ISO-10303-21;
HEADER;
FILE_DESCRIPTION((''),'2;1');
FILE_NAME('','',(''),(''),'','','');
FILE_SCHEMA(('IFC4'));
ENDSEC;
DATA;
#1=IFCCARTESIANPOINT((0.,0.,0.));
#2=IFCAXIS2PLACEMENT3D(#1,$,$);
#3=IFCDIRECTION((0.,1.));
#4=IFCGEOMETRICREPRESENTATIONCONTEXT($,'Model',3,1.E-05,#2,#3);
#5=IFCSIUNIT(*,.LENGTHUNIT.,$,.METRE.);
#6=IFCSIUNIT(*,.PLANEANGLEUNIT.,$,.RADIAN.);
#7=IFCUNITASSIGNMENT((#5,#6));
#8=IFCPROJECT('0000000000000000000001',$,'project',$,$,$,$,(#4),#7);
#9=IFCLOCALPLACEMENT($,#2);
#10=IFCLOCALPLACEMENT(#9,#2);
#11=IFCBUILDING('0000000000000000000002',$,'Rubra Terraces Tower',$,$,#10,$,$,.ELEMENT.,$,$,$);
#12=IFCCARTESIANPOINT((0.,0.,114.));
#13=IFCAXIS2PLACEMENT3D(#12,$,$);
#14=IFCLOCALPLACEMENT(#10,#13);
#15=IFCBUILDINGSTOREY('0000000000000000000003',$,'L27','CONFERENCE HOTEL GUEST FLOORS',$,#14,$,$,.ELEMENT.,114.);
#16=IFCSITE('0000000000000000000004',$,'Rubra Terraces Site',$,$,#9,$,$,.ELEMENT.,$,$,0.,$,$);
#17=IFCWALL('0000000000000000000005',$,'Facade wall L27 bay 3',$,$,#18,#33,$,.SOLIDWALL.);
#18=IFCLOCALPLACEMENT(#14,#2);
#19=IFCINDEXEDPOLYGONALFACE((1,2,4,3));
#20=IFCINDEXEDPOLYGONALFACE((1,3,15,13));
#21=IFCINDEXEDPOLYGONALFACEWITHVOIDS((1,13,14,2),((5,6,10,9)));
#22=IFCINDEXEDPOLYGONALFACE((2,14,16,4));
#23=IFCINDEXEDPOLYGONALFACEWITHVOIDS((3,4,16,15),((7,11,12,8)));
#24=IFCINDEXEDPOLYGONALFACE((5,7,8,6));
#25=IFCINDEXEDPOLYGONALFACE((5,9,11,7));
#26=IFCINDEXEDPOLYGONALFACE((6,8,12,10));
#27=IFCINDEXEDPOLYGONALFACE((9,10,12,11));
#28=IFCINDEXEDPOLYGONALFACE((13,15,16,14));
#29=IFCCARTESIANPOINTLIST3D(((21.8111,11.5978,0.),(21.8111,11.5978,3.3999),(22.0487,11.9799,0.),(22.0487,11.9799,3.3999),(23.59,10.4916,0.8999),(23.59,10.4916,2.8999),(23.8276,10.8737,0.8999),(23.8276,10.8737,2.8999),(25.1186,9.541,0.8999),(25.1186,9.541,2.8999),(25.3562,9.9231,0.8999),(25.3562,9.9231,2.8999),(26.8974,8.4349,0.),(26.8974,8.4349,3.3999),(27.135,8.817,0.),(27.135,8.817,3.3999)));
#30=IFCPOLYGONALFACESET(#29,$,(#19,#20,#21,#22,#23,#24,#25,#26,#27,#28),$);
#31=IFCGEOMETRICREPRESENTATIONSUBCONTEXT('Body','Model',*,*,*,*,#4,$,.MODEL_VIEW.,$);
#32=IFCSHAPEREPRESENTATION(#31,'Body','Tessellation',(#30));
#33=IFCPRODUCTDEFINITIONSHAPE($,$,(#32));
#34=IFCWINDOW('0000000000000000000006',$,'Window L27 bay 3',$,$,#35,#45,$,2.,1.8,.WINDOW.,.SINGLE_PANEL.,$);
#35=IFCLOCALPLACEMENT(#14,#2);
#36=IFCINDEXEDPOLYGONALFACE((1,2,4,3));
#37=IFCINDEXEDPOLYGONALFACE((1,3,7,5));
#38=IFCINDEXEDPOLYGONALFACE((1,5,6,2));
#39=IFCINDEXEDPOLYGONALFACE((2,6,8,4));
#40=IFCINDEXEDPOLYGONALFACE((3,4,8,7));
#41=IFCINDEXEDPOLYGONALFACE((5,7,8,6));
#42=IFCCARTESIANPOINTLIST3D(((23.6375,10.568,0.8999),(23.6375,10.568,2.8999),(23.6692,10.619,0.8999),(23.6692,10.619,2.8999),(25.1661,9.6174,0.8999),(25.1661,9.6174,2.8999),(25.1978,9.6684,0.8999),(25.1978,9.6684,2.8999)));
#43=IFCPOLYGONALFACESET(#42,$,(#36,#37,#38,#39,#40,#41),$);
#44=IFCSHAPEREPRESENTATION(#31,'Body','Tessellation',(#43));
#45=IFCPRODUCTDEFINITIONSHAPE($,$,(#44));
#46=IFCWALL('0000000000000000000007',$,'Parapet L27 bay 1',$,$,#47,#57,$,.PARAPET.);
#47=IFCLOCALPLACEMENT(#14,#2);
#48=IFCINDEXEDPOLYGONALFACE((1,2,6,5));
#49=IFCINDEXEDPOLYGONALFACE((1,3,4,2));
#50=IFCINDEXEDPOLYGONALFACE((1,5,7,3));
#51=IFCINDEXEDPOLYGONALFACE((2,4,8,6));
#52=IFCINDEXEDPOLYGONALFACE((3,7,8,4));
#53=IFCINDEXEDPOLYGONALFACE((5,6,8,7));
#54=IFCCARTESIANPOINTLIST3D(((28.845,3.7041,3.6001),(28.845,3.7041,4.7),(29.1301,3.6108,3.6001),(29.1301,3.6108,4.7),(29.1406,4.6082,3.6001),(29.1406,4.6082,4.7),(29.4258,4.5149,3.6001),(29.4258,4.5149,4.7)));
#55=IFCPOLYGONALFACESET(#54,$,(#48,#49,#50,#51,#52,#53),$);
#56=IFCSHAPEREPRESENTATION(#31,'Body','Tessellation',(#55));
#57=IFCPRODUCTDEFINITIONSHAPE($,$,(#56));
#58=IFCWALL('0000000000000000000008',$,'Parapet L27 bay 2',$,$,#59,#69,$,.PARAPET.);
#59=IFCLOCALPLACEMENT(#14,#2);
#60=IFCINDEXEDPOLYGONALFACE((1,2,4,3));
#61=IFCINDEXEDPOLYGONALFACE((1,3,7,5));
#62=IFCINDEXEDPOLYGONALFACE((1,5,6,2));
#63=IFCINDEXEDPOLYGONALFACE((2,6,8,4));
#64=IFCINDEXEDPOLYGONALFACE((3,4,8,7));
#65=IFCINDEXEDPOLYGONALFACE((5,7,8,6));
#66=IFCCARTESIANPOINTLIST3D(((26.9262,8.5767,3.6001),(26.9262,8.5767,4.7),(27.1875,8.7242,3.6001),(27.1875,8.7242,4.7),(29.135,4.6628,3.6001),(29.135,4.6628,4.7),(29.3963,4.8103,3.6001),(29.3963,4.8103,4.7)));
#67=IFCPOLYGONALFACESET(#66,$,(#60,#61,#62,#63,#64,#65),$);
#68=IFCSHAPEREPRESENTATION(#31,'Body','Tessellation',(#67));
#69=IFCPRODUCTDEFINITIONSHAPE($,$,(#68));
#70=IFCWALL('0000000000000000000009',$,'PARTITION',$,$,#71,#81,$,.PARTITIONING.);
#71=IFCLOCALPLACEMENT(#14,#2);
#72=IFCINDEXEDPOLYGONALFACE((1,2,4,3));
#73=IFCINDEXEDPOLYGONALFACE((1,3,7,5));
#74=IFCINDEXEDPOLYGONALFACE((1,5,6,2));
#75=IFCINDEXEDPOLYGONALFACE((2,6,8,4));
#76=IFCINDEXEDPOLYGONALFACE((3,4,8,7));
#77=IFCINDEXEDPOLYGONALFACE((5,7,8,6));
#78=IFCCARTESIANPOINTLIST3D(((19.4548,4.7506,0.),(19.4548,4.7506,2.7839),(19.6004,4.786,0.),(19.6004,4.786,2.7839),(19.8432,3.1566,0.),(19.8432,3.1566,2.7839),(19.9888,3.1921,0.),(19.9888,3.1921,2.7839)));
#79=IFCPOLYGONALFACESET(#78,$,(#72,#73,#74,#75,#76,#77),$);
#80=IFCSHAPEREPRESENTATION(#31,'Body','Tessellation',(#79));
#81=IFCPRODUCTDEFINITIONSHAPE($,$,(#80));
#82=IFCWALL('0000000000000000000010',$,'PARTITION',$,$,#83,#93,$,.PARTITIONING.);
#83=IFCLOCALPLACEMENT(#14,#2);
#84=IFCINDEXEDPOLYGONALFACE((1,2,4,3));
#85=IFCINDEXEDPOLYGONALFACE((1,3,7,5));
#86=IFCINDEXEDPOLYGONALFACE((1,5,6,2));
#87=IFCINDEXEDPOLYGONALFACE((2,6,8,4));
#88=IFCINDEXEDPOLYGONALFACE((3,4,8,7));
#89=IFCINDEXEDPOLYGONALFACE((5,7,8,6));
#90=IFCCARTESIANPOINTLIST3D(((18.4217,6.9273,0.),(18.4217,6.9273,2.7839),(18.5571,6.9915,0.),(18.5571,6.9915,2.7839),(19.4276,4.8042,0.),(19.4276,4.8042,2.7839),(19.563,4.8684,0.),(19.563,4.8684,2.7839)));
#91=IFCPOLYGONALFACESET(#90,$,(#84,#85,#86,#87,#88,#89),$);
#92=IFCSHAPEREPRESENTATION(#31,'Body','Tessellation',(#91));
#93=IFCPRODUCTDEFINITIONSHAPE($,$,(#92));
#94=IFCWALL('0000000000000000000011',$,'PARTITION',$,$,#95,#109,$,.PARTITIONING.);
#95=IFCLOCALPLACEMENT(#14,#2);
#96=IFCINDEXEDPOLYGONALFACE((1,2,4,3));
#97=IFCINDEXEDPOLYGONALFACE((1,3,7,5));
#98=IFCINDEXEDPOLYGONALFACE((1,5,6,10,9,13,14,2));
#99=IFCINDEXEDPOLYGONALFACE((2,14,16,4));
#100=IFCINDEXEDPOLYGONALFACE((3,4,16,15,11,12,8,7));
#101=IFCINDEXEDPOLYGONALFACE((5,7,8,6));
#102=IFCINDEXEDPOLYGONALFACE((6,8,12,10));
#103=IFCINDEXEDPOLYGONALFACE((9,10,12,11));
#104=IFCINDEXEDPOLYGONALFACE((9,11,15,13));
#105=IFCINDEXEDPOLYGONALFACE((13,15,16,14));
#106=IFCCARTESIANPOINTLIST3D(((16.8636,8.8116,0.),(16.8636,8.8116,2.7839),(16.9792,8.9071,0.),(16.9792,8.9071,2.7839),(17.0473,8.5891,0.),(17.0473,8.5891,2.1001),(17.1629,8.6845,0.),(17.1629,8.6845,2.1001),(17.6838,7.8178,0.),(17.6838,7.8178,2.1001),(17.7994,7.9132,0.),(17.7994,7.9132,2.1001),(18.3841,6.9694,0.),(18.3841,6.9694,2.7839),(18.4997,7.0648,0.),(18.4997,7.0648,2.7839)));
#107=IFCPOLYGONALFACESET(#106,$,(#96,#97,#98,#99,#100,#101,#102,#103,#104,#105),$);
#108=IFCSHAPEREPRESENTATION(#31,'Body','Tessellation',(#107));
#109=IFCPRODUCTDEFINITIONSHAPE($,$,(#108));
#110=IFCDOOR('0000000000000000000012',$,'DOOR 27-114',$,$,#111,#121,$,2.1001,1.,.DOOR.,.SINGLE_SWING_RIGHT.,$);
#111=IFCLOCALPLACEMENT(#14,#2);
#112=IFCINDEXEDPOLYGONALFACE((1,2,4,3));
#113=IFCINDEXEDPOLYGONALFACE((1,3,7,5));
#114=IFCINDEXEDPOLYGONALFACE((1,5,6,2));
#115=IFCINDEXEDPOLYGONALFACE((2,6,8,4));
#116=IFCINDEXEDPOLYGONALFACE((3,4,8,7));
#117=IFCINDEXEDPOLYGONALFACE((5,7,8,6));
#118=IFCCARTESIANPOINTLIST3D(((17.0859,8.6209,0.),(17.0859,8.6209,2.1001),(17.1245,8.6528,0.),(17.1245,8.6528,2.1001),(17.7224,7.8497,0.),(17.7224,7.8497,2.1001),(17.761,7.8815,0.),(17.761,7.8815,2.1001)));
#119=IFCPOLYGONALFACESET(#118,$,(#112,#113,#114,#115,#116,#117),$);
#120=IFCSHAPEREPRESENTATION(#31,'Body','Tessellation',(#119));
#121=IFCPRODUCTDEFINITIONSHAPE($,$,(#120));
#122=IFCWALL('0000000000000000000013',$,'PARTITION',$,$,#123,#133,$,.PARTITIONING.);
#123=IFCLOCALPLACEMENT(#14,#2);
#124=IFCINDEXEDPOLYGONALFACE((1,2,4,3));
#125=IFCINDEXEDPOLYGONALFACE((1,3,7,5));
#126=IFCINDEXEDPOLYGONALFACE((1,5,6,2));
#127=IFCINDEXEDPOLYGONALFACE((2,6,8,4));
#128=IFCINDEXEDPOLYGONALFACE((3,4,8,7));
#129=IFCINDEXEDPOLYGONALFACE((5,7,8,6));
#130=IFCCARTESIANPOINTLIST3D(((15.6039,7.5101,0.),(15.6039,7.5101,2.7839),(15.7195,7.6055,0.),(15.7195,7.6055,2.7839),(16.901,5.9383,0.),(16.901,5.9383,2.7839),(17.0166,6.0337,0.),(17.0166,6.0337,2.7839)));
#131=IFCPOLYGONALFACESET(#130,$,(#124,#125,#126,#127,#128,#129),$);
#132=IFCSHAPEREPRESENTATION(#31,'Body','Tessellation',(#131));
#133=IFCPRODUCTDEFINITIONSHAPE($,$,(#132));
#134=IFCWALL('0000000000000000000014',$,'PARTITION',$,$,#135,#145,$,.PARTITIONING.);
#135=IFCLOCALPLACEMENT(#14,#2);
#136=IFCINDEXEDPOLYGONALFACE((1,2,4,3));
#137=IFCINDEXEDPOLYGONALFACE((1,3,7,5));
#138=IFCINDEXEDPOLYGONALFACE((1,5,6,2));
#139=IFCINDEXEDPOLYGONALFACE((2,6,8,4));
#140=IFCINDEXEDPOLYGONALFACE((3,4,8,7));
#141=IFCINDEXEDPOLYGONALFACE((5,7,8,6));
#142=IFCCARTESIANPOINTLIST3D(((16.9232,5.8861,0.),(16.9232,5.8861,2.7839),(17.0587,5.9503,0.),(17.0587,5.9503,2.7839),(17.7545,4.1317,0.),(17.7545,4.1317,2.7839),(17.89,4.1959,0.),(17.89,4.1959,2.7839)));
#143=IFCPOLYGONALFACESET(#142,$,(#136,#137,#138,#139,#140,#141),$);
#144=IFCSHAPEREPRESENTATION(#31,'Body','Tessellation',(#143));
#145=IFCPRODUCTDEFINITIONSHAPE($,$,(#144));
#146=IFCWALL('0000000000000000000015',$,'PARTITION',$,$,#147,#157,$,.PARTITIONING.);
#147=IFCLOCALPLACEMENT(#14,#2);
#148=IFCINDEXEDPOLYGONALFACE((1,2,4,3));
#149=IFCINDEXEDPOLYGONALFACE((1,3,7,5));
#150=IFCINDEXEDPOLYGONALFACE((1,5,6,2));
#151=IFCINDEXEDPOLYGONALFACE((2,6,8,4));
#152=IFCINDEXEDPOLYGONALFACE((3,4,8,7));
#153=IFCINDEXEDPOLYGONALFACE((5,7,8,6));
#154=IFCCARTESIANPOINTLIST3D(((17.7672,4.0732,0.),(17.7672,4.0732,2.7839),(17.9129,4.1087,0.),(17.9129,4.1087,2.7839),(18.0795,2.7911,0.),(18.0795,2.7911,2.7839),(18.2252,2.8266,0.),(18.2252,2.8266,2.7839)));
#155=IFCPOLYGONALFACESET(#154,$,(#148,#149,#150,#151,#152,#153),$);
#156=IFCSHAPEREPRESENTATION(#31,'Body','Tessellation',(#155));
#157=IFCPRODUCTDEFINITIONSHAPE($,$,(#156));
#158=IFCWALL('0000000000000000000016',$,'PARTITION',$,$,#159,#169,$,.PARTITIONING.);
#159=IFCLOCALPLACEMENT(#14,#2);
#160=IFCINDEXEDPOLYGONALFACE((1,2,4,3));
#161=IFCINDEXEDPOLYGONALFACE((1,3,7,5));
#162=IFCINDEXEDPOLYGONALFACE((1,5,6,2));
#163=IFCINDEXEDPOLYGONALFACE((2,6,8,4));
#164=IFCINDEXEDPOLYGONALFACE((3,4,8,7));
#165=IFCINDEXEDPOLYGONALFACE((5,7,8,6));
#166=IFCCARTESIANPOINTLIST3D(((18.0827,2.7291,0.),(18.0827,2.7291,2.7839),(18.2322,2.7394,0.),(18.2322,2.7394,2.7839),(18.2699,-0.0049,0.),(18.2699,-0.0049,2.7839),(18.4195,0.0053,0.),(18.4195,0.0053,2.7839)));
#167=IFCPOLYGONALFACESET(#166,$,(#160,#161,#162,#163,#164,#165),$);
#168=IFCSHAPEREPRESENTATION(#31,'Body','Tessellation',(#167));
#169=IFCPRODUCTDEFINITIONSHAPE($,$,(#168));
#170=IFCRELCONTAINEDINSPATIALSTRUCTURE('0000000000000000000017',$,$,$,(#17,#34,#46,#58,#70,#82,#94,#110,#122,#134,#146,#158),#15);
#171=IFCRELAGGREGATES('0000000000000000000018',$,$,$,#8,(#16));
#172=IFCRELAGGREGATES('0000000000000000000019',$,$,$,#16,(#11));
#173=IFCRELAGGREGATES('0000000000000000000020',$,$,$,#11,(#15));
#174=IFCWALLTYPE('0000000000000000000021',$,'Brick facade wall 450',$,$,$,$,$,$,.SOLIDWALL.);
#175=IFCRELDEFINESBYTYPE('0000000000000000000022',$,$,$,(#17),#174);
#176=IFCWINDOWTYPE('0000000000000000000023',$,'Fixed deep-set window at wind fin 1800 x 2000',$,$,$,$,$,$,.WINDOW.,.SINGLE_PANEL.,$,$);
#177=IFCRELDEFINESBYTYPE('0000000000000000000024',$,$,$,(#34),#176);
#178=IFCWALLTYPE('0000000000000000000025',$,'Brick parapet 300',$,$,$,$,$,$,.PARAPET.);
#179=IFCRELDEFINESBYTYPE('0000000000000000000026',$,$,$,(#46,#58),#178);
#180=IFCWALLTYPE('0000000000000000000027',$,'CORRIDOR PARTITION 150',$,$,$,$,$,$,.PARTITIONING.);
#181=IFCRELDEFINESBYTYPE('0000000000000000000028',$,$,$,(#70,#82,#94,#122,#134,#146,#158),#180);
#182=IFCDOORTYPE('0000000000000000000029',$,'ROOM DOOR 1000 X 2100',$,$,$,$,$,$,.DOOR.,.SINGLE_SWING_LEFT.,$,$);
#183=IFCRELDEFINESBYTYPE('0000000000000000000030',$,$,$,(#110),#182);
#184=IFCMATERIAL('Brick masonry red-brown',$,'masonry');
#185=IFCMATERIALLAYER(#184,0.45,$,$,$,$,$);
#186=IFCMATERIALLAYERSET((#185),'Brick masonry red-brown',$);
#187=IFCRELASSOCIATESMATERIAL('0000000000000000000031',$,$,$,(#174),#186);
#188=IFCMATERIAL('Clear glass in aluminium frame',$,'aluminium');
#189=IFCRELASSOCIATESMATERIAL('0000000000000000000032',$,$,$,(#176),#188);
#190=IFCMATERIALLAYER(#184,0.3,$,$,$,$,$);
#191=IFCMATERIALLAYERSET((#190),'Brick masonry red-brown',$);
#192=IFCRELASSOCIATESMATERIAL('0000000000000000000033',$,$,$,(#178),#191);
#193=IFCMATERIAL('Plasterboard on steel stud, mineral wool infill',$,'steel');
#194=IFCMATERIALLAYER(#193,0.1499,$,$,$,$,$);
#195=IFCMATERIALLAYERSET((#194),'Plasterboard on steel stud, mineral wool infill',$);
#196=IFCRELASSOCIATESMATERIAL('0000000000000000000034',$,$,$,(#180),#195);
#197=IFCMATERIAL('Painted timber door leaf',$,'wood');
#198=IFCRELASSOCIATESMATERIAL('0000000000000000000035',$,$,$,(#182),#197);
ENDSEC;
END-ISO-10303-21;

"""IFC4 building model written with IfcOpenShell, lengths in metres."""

from ifc_helpers import new_model, si_unit, direction, frame, frame_2d, origin, place, context, subcontext, project, spatial, rectangle, extrude, material, layer, layer_set, type_object, element, fill, save


model = new_model("IFC4")

# Units and contexts
model_context = context("Model", 3, precision=1e-05, world=origin(), true_north=direction((0.0, 1.0)))
body_context = subcontext(model_context, "Body", "Model", "MODEL_VIEW")
ifc_project = project(units=[si_unit("LENGTHUNIT", "METRE"), si_unit("PLANEANGLEUNIT", "RADIAN")], contexts=[model_context])

# Site, building, storey
site_placement = place(None, origin())
site = spatial("IfcSite", under=ifc_project, at=site_placement, Name="Rubra Terraces Site", CompositionType="ELEMENT", RefElevation=0.0)
building_placement = place(site_placement, origin())
building = spatial("IfcBuilding", under=site, at=building_placement, Name="Rubra Terraces Tower", CompositionType="ELEMENT")
storey_placement = place(building_placement, frame((0.0, 0.0, 114.0)))
storey = spatial("IfcBuildingStorey", under=building, at=storey_placement, Name="L27", Description="CONFERENCE HOTEL GUEST FLOORS", CompositionType="ELEMENT", Elevation=114.0)

# Wall, opening, window
ifc_material_1 = material(Name="Brick masonry red-brown", Category="masonry")
ifc_layer_1 = layer(ifc_material_1, 0.45)
ifc_layer_set_1 = layer_set([ifc_layer_1], Name="Brick masonry red-brown")
wall_type_1 = type_object("IfcWallType", Name="Brick facade wall 450", PredefinedType="SOLIDWALL", material=ifc_layer_set_1)
ifc_material_2 = material(Name="Clear glass in aluminium frame", Category="aluminium")
wall_1_placement = place(storey_placement, frame((27.0161, 8.626, 0.0), z_axis=(0.0, 0.0, 1.0), x_axis=(-0.849198, 0.528074, 0.0)))
wall_1 = element("IfcWall", 1, at=wall_1_placement, inside=storey, type_object=wall_type_1, Name="Facade wall L27 bay 3", PredefinedType="SOLIDWALL", context=body_context, shape_type="SweptSolid", body=[
    extrude(rectangle(XDim=5.9895, YDim=0.45, at=frame_2d((2.9946, 0.0))), origin(), (0.0, 0.0, 1.0), 3.3999),
])
opening_1_placement = place(wall_1_placement, frame((2.0947, 0.0, 0.8999)))
opening_1 = element("IfcOpeningElement", 2, at=opening_1_placement, cuts=wall_1, PredefinedType="OPENING", context=body_context, shape_type="SweptSolid", body=[
    extrude(rectangle(XDim=1.8, YDim=2.0, at=frame_2d((0.8999, 1.0))), frame((0.0, 0.2349, 0.0), z_axis=(0.0, -1.0, 0.0), x_axis=(1.0, 0.0, 0.0)), (0.0, 0.0, 1.0), 0.47),
])
window_type_1 = type_object("IfcWindowType", Name="Fixed deep-set window at wind fin 1800 x 2000", PartitioningType="SINGLE_PANEL", PredefinedType="WINDOW", material=ifc_material_2)
window_1_placement = place(opening_1_placement, origin())
window_1 = element("IfcWindow", 3, at=window_1_placement, inside=storey, type_object=window_type_1, Name="Window L27 bay 3", OverallHeight=2.0, OverallWidth=1.8, PartitioningType="SINGLE_PANEL", PredefinedType="WINDOW", context=body_context, shape_type="SweptSolid", body=[
    extrude(rectangle(XDim=1.8, YDim=2.0, at=frame_2d((0.8999, 1.0))), frame((0.0, 0.135, 0.0), z_axis=(0.0, -1.0, 0.0), x_axis=(1.0, 0.0, 0.0)), (0.0, 0.0, 1.0), 0.0601),
])
fill(opening_1, window_1)

# Walls
ifc_layer_2 = layer(ifc_material_1, 0.3)
ifc_layer_set_2 = layer_set([ifc_layer_2], Name="Brick masonry red-brown")
wall_type_2 = type_object("IfcWallType", Name="Brick parapet 300", PredefinedType="PARAPET", material=ifc_layer_set_2)
wall_2_placement = place(storey_placement, frame((28.9875, 3.6575, 3.6001), z_axis=(0.0, 0.0, 1.0), x_axis=(0.310833, 0.950465, 0.0)))
element("IfcWall", 4, at=wall_2_placement, inside=storey, type_object=wall_type_2, Name="Parapet L27 bay 1", PredefinedType="PARAPET", context=body_context, shape_type="SweptSolid", body=[
    extrude(rectangle(XDim=0.9512, YDim=0.3, at=frame_2d((0.4756, 0.0))), origin(), (0.0, 0.0, 1.0), 1.0999),
])
wall_3_placement = place(storey_placement, frame((29.2656, 4.7366, 3.6001), z_axis=(0.0, 0.0, 1.0), x_axis=(-0.491481, 0.870888, 0.0)))
element("IfcWall", 5, at=wall_3_placement, inside=storey, type_object=wall_type_2, Name="Parapet L27 bay 2", PredefinedType="PARAPET", context=body_context, shape_type="SweptSolid", body=[
    extrude(rectangle(XDim=4.4941, YDim=0.3, at=frame_2d((2.2471, 0.0))), origin(), (0.0, 0.0, 1.0), 1.0999),
])
ifc_material_3 = material(Name="Plasterboard on steel stud, mineral wool infill", Category="steel")
ifc_layer_3 = layer(ifc_material_3, 0.1499)
ifc_layer_set_3 = layer_set([ifc_layer_3], Name="Plasterboard on steel stud, mineral wool infill")
wall_type_3 = type_object("IfcWallType", Name="CORRIDOR PARTITION 150", PredefinedType="PARTITIONING", material=ifc_layer_set_3)
wall_4_placement = place(storey_placement, frame((19.916, 3.1743, 0.0), z_axis=(0.0, 0.0, 1.0), x_axis=(-0.236754, 0.97157, 0.0)))
element("IfcWall", 6, at=wall_4_placement, inside=storey, type_object=wall_type_3, Name="PARTITION", PredefinedType="PARTITIONING", context=body_context, shape_type="SweptSolid", body=[
    extrude(rectangle(XDim=1.6406, YDim=0.1499, at=frame_2d((0.8203, 0.0))), origin(), (0.0, 0.0, 1.0), 2.7839),
])
wall_5_placement = place(storey_placement, frame((19.4954, 4.8362, 0.0), z_axis=(0.0, 0.0, 1.0), x_axis=(-0.428158, 0.903704, 0.0)))
element("IfcWall", 7, at=wall_5_placement, inside=storey, type_object=wall_type_3, Name="PARTITION", PredefinedType="PARTITIONING", context=body_context, shape_type="SweptSolid", body=[
    extrude(rectangle(XDim=2.3494, YDim=0.1499, at=frame_2d((1.1748, 0.0))), origin(), (0.0, 0.0, 1.0), 2.7839),
])

# Wall, opening, door
wall_6_placement = place(storey_placement, frame((18.4419, 7.0171, 0.0), z_axis=(0.0, 0.0, 1.0), x_axis=(-0.636538, 0.771245, 0.0)))
wall_6 = element("IfcWall", 8, at=wall_6_placement, inside=storey, type_object=wall_type_3, Name="PARTITION", PredefinedType="PARTITIONING", context=body_context, shape_type="SweptSolid", body=[
    extrude(rectangle(XDim=2.3887, YDim=0.1499, at=frame_2d((1.1943, 0.0))), origin(), (0.0, 0.0, 1.0), 2.7839),
])
opening_2_placement = place(wall_6_placement, frame((1.1001, 0.0, 0.0)))
opening_2 = element("IfcOpeningElement", 9, at=opening_2_placement, cuts=wall_6, PredefinedType="OPENING", context=body_context, shape_type="SweptSolid", body=[
    extrude(rectangle(XDim=1.0, YDim=2.1001, at=frame_2d((0.5, 1.05))), frame((0.0, 0.085, 0.0), z_axis=(0.0, -1.0, 0.0), x_axis=(1.0, 0.0, 0.0)), (0.0, 0.0, 1.0), 0.1699),
])
ifc_material_4 = material(Name="Painted timber door leaf", Category="wood")
door_type_1 = type_object("IfcDoorType", Name="ROOM DOOR 1000 X 2100", OperationType="SINGLE_SWING_LEFT", PredefinedType="DOOR", material=ifc_material_4)
door_1_placement = place(opening_2_placement, origin())
door_1 = element("IfcDoor", 10, at=door_1_placement, inside=storey, type_object=door_type_1, Name="DOOR 27-114", OperationType="SINGLE_SWING_RIGHT", OverallHeight=2.1001, OverallWidth=1.0, PredefinedType="DOOR", context=body_context, shape_type="SweptSolid", body=[
    extrude(rectangle(XDim=1.0, YDim=2.1001, at=frame_2d((0.5, 1.05))), frame((0.0, 0.0249, 0.0), z_axis=(0.0, -1.0, 0.0), x_axis=(1.0, 0.0, 0.0)), (0.0, 0.0, 1.0), 0.05),
])
fill(opening_2, door_1)

# Walls
wall_7_placement = place(storey_placement, frame((15.6616, 7.5579, 0.0), z_axis=(0.0, 0.0, 1.0), x_axis=(0.636501, -0.771276, 0.0)))
element("IfcWall", 11, at=wall_7_placement, inside=storey, type_object=wall_type_3, Name="PARTITION", PredefinedType="PARTITIONING", context=body_context, shape_type="SweptSolid", body=[
    extrude(rectangle(XDim=2.0378, YDim=0.1499, at=frame_2d((1.019, 0.0))), origin(), (0.0, 0.0, 1.0), 2.7839),
])
wall_8_placement = place(storey_placement, frame((16.991, 5.9182, 0.0), z_axis=(0.0, 0.0, 1.0), x_axis=(0.4282, -0.903684, 0.0)))
element("IfcWall", 12, at=wall_8_placement, inside=storey, type_object=wall_type_3, Name="PARTITION", PredefinedType="PARTITIONING", context=body_context, shape_type="SweptSolid", body=[
    extrude(rectangle(XDim=1.9414, YDim=0.1499, at=frame_2d((0.9707, 0.0))), origin(), (0.0, 0.0, 1.0), 2.7839),
])
wall_9_placement = place(storey_placement, frame((17.8401, 4.0908, 0.0), z_axis=(0.0, 0.0, 1.0), x_axis=(0.236654, -0.971594, 0.0)))
element("IfcWall", 13, at=wall_9_placement, inside=storey, type_object=wall_type_3, Name="PARTITION", PredefinedType="PARTITIONING", context=body_context, shape_type="SweptSolid", body=[
    extrude(rectangle(XDim=1.3196, YDim=0.1499, at=frame_2d((0.6597, 0.0))), origin(), (0.0, 0.0, 1.0), 2.7839),
])
wall_10_placement = place(storey_placement, frame((18.1575, 2.7341, 0.0), z_axis=(0.0, 0.0, 1.0), x_axis=(0.068328, -0.997663, 0.0)))
element("IfcWall", 14, at=wall_10_placement, inside=storey, type_object=wall_type_3, Name="PARTITION", PredefinedType="PARTITIONING", context=body_context, shape_type="SweptSolid", body=[
    extrude(rectangle(XDim=2.7405, YDim=0.1499, at=frame_2d((1.3701, 0.0))), origin(), (0.0, 0.0, 1.0), 2.7839),
])

save(model, "model.ifc")
